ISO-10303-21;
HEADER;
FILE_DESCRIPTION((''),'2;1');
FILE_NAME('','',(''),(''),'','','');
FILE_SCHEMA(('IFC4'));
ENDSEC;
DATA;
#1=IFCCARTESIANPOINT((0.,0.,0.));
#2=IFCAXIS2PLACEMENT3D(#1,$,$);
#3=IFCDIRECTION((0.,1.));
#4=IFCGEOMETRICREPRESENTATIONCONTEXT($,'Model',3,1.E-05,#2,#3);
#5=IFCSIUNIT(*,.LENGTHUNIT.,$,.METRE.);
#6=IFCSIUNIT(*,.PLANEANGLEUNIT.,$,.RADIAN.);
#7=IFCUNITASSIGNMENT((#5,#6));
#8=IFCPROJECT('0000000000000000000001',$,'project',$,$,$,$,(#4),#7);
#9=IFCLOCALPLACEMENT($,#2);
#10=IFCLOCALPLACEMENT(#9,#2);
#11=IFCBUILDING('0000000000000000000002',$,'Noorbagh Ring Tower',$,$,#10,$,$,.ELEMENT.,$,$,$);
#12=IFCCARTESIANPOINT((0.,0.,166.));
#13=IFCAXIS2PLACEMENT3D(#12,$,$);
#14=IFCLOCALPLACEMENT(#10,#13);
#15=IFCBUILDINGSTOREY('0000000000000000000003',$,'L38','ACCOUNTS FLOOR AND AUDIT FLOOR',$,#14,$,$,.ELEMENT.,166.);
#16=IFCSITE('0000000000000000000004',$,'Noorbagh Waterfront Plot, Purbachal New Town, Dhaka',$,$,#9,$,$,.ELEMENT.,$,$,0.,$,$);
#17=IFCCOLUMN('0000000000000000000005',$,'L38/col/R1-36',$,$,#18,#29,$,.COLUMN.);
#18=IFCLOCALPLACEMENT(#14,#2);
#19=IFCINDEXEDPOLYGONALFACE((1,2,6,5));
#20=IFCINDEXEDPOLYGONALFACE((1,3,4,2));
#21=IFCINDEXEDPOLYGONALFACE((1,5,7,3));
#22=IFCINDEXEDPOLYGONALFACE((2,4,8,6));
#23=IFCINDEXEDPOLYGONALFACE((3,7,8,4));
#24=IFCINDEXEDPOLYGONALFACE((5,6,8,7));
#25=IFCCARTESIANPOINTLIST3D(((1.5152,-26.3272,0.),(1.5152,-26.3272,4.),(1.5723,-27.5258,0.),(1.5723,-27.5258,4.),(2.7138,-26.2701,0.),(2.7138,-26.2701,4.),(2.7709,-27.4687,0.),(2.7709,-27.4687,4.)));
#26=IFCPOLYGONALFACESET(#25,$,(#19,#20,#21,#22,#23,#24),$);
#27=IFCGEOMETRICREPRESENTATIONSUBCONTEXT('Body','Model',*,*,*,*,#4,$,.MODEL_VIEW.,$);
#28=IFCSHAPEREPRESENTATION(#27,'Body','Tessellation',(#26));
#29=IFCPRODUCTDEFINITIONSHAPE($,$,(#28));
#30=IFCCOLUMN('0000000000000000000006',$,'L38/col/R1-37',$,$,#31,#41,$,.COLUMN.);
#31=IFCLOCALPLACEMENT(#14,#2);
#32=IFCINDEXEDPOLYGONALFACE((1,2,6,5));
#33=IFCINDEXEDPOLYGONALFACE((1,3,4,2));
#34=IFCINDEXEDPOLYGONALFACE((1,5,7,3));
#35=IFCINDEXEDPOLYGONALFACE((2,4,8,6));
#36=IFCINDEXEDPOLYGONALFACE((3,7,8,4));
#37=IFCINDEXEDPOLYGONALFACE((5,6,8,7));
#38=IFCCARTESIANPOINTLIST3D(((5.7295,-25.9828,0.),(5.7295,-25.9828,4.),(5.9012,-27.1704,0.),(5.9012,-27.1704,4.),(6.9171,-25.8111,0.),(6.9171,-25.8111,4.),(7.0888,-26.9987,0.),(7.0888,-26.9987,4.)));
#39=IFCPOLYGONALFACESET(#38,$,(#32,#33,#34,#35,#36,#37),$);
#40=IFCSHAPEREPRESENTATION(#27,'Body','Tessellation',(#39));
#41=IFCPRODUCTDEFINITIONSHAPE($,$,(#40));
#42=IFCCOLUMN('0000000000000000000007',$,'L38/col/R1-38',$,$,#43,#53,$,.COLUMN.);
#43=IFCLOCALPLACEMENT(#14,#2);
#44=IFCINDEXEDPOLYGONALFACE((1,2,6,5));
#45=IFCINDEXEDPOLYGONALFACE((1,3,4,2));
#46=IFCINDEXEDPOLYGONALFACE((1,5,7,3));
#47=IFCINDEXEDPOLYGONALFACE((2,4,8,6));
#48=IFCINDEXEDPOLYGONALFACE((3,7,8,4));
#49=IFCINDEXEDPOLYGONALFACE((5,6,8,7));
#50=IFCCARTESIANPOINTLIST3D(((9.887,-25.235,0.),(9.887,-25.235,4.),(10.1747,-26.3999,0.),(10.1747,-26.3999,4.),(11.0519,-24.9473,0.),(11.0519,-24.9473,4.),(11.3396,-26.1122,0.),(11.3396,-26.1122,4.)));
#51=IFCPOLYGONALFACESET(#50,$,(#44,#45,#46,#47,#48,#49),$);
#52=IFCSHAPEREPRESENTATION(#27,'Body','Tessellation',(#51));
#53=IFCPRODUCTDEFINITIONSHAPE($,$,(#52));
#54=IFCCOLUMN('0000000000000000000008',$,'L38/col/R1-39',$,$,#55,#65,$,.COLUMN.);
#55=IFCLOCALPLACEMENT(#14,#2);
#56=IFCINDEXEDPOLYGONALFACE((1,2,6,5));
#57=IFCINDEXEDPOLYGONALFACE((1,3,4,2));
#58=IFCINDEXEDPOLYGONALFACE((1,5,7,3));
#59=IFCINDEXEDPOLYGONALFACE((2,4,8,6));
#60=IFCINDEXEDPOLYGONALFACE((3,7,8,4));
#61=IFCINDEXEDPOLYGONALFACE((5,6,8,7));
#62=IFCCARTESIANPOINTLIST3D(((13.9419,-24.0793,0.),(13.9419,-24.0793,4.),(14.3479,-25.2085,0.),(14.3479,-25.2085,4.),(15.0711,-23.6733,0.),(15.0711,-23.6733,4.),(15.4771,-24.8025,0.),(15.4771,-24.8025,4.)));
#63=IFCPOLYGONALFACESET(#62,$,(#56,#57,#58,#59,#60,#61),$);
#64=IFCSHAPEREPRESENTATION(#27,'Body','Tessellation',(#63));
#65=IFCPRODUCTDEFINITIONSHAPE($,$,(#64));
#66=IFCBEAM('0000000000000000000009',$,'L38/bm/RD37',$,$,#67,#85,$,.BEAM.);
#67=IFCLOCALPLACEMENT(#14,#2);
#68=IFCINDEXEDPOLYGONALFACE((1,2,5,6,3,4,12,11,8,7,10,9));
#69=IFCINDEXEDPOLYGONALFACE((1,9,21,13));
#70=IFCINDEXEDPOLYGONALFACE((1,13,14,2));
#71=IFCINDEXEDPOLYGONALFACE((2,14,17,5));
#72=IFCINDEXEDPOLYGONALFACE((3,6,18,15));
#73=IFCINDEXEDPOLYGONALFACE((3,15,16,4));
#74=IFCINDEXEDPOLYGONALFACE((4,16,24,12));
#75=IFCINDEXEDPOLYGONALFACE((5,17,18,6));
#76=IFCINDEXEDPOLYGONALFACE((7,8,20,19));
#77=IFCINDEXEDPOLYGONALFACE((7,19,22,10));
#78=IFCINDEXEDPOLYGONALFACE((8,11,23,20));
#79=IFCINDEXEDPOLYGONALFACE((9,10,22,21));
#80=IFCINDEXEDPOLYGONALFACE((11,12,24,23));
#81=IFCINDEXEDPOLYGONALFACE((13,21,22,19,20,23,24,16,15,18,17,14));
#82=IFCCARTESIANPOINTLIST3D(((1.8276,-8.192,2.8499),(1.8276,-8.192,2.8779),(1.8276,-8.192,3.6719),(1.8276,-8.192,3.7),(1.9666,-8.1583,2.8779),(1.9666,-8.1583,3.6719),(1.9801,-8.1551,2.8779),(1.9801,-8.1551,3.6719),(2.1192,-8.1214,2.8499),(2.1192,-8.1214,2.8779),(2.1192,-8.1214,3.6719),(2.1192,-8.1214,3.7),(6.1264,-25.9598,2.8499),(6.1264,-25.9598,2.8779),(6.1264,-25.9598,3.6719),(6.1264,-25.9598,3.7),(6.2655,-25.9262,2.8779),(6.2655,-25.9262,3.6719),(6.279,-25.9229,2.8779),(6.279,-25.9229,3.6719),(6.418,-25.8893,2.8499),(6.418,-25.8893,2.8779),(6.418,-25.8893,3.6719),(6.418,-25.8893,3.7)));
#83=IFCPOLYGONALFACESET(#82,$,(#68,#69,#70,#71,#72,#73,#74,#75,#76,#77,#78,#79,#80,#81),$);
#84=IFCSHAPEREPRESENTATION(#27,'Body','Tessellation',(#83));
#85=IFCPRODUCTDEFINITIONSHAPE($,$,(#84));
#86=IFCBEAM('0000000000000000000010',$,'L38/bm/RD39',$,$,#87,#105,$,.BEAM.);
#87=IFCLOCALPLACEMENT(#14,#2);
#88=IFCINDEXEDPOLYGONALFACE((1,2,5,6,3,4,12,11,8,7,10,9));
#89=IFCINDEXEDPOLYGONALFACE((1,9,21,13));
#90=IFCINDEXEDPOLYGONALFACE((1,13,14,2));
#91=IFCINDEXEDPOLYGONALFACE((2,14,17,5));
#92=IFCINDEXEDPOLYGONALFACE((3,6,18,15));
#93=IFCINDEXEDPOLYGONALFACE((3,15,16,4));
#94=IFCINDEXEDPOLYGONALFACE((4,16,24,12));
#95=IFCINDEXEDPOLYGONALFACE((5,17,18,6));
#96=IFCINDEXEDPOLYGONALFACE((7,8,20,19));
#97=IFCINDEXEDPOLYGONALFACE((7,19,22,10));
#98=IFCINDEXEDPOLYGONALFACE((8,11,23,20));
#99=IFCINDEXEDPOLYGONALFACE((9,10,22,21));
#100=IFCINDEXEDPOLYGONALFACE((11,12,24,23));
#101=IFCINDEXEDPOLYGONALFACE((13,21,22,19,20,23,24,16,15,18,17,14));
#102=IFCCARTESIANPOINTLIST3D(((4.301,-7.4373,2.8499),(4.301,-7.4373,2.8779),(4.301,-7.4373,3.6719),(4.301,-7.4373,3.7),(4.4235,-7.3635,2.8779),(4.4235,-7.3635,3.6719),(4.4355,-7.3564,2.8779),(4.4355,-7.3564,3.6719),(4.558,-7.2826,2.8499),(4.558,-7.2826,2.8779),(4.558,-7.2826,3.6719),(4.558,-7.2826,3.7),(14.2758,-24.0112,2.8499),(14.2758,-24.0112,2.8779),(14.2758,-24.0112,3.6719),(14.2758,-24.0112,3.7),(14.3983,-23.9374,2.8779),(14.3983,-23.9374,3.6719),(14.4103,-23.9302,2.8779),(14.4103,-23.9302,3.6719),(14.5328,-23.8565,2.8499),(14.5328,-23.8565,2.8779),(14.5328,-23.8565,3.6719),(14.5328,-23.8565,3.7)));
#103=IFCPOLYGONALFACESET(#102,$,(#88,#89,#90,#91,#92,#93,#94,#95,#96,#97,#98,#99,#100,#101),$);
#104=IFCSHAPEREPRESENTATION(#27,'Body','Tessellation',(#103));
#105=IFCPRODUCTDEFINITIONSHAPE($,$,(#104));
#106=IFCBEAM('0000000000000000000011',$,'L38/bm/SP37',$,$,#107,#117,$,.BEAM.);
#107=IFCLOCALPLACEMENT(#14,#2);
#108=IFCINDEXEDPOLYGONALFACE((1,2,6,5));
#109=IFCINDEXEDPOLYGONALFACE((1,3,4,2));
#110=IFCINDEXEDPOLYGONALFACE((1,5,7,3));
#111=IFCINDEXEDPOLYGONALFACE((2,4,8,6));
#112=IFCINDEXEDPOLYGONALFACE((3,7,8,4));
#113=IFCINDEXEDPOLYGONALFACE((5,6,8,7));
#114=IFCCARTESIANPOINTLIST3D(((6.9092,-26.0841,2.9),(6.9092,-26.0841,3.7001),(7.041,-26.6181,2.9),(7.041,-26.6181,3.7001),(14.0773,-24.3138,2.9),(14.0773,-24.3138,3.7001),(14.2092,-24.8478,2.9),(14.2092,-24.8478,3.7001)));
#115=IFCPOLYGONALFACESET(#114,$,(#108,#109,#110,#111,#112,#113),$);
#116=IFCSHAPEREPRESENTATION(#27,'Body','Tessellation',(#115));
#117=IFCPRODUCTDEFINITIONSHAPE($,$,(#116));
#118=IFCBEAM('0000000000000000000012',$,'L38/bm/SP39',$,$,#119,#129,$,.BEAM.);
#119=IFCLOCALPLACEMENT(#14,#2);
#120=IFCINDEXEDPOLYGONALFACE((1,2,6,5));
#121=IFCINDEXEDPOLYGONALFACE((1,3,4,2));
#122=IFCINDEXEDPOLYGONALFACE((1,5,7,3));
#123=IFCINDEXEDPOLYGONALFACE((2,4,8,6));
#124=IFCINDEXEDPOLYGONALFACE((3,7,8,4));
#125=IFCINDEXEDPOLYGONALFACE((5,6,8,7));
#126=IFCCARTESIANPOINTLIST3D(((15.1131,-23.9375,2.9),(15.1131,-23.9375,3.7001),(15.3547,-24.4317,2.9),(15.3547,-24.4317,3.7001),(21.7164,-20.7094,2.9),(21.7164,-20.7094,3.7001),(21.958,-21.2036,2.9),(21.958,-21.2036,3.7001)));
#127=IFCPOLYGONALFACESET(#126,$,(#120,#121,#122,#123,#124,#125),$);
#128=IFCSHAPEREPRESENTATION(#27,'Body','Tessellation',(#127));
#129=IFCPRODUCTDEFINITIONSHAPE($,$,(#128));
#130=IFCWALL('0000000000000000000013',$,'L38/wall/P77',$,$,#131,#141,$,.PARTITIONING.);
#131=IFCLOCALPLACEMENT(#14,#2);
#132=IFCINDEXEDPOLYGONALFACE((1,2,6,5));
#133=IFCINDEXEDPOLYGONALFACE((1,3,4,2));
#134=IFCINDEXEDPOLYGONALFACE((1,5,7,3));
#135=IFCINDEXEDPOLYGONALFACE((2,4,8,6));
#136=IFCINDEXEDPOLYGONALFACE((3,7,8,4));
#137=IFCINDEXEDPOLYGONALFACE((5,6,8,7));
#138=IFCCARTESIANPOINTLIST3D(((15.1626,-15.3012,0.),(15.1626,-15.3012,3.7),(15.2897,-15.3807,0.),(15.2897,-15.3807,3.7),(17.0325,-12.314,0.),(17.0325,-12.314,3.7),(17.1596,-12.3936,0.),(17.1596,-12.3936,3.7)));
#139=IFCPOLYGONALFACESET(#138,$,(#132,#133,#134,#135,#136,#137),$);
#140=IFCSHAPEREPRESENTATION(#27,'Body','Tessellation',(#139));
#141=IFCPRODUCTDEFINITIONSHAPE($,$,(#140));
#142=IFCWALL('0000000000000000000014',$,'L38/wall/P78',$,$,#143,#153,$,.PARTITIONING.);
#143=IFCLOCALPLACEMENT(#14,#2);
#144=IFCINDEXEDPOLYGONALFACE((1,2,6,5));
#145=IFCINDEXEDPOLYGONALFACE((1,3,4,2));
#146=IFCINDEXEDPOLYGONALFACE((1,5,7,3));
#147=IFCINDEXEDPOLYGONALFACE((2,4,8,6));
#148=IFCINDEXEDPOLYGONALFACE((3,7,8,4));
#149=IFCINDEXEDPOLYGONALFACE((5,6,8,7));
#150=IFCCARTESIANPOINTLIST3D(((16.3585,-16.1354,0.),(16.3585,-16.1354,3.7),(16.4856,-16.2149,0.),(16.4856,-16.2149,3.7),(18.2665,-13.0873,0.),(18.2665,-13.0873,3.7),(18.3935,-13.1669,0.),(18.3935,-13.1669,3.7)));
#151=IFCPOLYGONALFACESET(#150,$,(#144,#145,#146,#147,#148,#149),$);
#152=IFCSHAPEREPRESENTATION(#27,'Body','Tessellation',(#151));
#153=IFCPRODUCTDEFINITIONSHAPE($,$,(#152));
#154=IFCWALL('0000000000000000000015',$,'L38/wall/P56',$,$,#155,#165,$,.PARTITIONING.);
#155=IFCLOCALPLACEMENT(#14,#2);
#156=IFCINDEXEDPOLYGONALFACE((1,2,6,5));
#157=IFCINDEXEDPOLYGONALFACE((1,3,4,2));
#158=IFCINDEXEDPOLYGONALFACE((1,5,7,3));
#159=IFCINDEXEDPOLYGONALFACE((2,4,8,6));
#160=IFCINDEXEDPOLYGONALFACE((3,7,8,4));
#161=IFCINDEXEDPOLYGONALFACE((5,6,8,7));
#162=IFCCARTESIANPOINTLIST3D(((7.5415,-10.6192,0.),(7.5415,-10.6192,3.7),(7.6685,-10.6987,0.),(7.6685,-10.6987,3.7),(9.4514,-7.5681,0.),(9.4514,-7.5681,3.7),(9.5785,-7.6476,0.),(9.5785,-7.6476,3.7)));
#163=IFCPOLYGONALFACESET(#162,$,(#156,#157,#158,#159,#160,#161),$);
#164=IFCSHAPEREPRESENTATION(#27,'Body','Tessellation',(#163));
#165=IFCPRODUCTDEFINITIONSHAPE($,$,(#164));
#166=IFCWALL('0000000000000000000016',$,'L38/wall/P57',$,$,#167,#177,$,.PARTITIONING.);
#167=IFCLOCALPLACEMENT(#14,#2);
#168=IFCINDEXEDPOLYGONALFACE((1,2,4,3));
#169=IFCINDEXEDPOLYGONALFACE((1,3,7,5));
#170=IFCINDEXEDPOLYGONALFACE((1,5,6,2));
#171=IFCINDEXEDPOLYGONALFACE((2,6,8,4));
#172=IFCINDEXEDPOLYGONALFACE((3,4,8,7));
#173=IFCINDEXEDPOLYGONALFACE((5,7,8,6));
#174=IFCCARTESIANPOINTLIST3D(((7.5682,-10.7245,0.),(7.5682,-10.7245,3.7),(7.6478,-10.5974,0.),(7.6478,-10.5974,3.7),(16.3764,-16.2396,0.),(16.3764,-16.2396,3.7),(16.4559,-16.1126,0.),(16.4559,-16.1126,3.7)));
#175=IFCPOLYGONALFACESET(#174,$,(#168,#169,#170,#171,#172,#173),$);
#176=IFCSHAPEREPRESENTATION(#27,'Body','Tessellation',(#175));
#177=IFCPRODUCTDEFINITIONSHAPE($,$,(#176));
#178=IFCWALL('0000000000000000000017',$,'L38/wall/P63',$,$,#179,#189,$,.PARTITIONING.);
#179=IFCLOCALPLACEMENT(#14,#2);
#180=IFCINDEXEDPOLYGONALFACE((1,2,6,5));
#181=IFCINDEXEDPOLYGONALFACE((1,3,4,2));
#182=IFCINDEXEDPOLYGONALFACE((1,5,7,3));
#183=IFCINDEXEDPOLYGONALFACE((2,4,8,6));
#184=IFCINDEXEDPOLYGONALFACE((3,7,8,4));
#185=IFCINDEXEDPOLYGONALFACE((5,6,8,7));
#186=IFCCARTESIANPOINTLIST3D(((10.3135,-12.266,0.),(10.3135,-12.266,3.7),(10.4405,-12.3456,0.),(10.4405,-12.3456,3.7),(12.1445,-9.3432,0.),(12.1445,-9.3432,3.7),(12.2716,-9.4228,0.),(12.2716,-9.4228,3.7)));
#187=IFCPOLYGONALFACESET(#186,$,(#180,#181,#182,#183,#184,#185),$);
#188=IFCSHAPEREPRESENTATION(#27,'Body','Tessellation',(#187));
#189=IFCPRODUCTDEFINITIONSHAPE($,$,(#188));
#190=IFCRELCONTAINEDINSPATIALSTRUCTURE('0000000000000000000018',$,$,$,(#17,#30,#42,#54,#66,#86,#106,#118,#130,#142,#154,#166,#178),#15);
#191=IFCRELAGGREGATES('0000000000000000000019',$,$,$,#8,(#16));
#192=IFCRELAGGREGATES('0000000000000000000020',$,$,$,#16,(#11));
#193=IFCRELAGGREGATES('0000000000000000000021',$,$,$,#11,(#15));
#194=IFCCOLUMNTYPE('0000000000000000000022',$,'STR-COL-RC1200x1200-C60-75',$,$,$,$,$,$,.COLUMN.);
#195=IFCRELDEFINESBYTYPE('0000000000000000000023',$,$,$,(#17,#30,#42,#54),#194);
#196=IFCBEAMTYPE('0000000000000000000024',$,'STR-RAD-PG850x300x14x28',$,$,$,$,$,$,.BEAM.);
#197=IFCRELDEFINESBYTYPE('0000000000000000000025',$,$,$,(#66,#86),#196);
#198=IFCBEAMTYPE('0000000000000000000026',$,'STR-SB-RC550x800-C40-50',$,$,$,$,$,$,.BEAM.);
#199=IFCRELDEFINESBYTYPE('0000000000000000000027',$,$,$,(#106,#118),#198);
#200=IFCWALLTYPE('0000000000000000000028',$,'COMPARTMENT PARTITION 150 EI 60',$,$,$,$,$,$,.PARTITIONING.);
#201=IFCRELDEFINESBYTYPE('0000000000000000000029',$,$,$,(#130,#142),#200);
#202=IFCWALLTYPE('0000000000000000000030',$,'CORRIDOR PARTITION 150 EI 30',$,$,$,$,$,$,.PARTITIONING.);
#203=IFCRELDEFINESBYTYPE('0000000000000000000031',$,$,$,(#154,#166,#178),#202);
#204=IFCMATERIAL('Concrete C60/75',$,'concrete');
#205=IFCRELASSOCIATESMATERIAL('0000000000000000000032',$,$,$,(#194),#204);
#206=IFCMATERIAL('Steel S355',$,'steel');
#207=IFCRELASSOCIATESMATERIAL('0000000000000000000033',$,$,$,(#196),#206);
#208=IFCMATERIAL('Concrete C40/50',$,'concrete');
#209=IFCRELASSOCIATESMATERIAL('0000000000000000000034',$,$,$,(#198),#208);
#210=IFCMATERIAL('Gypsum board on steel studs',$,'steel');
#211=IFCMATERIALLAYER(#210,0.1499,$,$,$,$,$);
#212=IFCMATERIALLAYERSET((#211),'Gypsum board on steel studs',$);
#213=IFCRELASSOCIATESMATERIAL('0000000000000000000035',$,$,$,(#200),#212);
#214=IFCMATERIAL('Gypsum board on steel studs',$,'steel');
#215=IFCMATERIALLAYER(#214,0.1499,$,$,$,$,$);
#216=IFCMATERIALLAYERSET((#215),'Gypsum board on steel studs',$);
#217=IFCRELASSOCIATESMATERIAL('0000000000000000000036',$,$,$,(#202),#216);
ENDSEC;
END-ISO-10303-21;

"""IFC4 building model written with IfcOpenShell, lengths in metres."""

from ifc_helpers import new_model, si_unit, direction, frame, frame_2d, origin, origin_2d, place, context, subcontext, project, spatial, rectangle, i_section, extrude, material, layer, layer_set, material_profile, profile_set, type_object, element, save


model = new_model("IFC4")

# Units and contexts
model_context = context("Model", 3, precision=1e-05, world=origin(), true_north=direction((0.0, 1.0)))
body_context = subcontext(model_context, "Body", "Model", "MODEL_VIEW")
ifc_project = project(units=[si_unit("LENGTHUNIT", "METRE"), si_unit("PLANEANGLEUNIT", "RADIAN")], contexts=[model_context])

# Site, building, storey
site_placement = place(None, origin())
site = spatial("IfcSite", under=ifc_project, at=site_placement, Name="Noorbagh Waterfront Plot, Purbachal New Town, Dhaka", CompositionType="ELEMENT", RefElevation=0.0)
building_placement = place(site_placement, origin())
building = spatial("IfcBuilding", under=site, at=building_placement, Name="Noorbagh Ring Tower", CompositionType="ELEMENT")
storey_placement = place(building_placement, frame((0.0, 0.0, 166.0)))
storey = spatial("IfcBuildingStorey", under=building, at=storey_placement, Name="L38", Description="ACCOUNTS FLOOR AND AUDIT FLOOR", CompositionType="ELEMENT", Elevation=166.0)

# Columns
ifc_material_1 = material(Name="Concrete C60/75", Category="concrete")
ifc_material_profile_1 = material_profile(ifc_material_1, rectangle(XDim=1.2, YDim=1.2, at=origin_2d()), Name="RC1200x1200")
ifc_profile_set_1 = profile_set([ifc_material_profile_1], Name="Concrete C60/75")
column_type = type_object("IfcColumnType", Name="STR-COL-RC1200x1200-C60-75", PredefinedType="COLUMN", material=ifc_profile_set_1)
for number, where, z_axis, x_axis, name in (
    (1, (2.1431, -26.8979, 0.0), (0.0, 0.0, 1.0), (0.998869, 0.047553, 0.0), "L38/col/R1-36"),
    (2, (6.4092, -26.4907, 0.0), (0.0, 0.0, 1.0), (0.989713, 0.143066, 0.0), "L38/col/R1-37"),
    (3, (10.6133, -25.6736, 0.0), (0.0, 0.0, 1.0), (0.970829, 0.239771, 0.0), "L38/col/R1-38"),
    (4, (14.7095, -24.4409, 0.0), (0.0, 0.0, 1.0), (0.941025, 0.338338, 0.0), "L38/col/R1-39"),
):
    element("IfcColumn", number, at=place(storey_placement, frame(where, z_axis=z_axis, x_axis=x_axis)), inside=storey, type_object=column_type, Name=name, PredefinedType="COLUMN", context=body_context, shape_type="SweptSolid", body=[
        extrude(rectangle(XDim=1.2, YDim=1.2, at=origin_2d()), origin(), (0.0, 0.0, 1.0), 4.0),
    ])

# Beams
ifc_material_2 = material(Name="Steel S355", Category="steel")
ifc_material_profile_2 = material_profile(ifc_material_2, i_section(OverallWidth=0.3, OverallDepth=0.8501, WebThickness=0.0139, FlangeThickness=0.0281, at=origin_2d()), Name="PG850x300x14x28")
ifc_profile_set_2 = profile_set([ifc_material_profile_2], Name="Steel S355")
beam_type_1 = type_object("IfcBeamType", Name="STR-RAD-PG850x300x14x28", PredefinedType="BEAM", material=ifc_profile_set_2)
beam_1_placement = place(storey_placement, frame((6.2722, -25.9246, 3.2749), z_axis=(-0.23516, 0.971957, 0.0), x_axis=(-0.971957, -0.23516, 0.0)))
element("IfcBeam", 5, at=beam_1_placement, inside=storey, type_object=beam_type_1, Name="L38/bm/RD37", PredefinedType="BEAM", context=body_context, shape_type="SweptSolid", body=[
    extrude(i_section(OverallWidth=0.3, OverallDepth=0.8501, WebThickness=0.0139, FlangeThickness=0.0281, at=origin_2d()), origin(), (0.0, 0.0, 1.0), 18.2805),
])
beam_2_placement = place(storey_placement, frame((14.4043, -23.9338, 3.2749), z_axis=(-0.515653, 0.856797, 0.0), x_axis=(-0.856797, -0.515653, 0.0)))
element("IfcBeam", 6, at=beam_2_placement, inside=storey, type_object=beam_type_1, Name="L38/bm/RD39", PredefinedType="BEAM", context=body_context, shape_type="SweptSolid", body=[
    extrude(i_section(OverallWidth=0.3, OverallDepth=0.8501, WebThickness=0.0139, FlangeThickness=0.0281, at=origin_2d()), origin(), (0.0, 0.0, 1.0), 19.344),
])
ifc_material_3 = material(Name="Concrete C40/50", Category="concrete")
ifc_material_profile_3 = material_profile(ifc_material_3, rectangle(XDim=0.55, YDim=0.8, at=origin_2d()), Name="RC550x800")
ifc_profile_set_3 = profile_set([ifc_material_profile_3], Name="Concrete C40/50")
beam_type_2 = type_object("IfcBeamType", Name="STR-SB-RC550x800-C40-50", PredefinedType="BEAM", material=ifc_profile_set_3)
beam_3_placement = place(storey_placement, frame((6.9751, -26.3511, 3.3), z_axis=(0.970833, 0.239757, 0.0), x_axis=(-0.239757, 0.970833, 0.0)))
element("IfcBeam", 7, at=beam_3_placement, inside=storey, type_object=beam_type_2, Name="L38/bm/SP37", PredefinedType="BEAM", context=body_context, shape_type="SweptSolid", body=[
    extrude(rectangle(XDim=0.55, YDim=0.8, at=origin_2d()), origin(), (0.0, 0.0, 1.0), 7.3835),
])
beam_4_placement = place(storey_placement, frame((15.2339, -24.1846, 3.3), z_axis=(0.898397, 0.439184, 0.0), x_axis=(-0.439184, 0.898397, 0.0)))
element("IfcBeam", 8, at=beam_4_placement, inside=storey, type_object=beam_type_2, Name="L38/bm/SP39", PredefinedType="BEAM", context=body_context, shape_type="SweptSolid", body=[
    extrude(rectangle(XDim=0.55, YDim=0.8, at=origin_2d()), origin(), (0.0, 0.0, 1.0), 7.3501),
])

# Walls
ifc_material_4 = material(Name="Gypsum board on steel studs", Category="steel")
ifc_layer_1 = layer(ifc_material_4, 0.1499)
ifc_layer_set_1 = layer_set([ifc_layer_1], Name="Gypsum board on steel studs")
wall_type_1 = type_object("IfcWallType", Name="COMPARTMENT PARTITION 150 EI 60", PredefinedType="PARTITIONING", material=ifc_layer_set_1)
wall_1_placement = place(storey_placement, frame((15.2261, -15.3411, 0.0), z_axis=(0.0, 0.0, 1.0), x_axis=(0.530603, 0.847621, 0.0)))
element("IfcWall", 9, at=wall_1_placement, inside=storey, type_object=wall_type_1, Name="L38/wall/P77", PredefinedType="PARTITIONING", context=body_context, shape_type="SweptSolid", body=[
    extrude(rectangle(XDim=3.5242, YDim=0.1499, at=frame_2d((1.7622, 0.0))), origin(), (0.0, 0.0, 1.0), 3.7),
])
wall_2_placement = place(storey_placement, frame((16.4221, -16.175, 0.0), z_axis=(0.0, 0.0, 1.0), x_axis=(0.530579, 0.847636, 0.0)))
element("IfcWall", 10, at=wall_2_placement, inside=storey, type_object=wall_type_1, Name="L38/wall/P78", PredefinedType="PARTITIONING", context=body_context, shape_type="SweptSolid", body=[
    extrude(rectangle(XDim=3.5959, YDim=0.1499, at=frame_2d((1.7979, 0.0))), origin(), (0.0, 0.0, 1.0), 3.7),
])
ifc_material_5 = material(Name="Gypsum board on steel studs", Category="steel")
ifc_layer_2 = layer(ifc_material_5, 0.1499)
ifc_layer_set_2 = layer_set([ifc_layer_2], Name="Gypsum board on steel studs")
wall_type_2 = type_object("IfcWallType", Name="CORRIDOR PARTITION 150 EI 30", PredefinedType="PARTITIONING", material=ifc_layer_set_2)
wall_3_placement = place(storey_placement, frame((7.605, -10.6589, 0.0), z_axis=(0.0, 0.0, 1.0), x_axis=(0.530602, 0.847621, 0.0)))
element("IfcWall", 11, at=wall_3_placement, inside=storey, type_object=wall_type_2, Name="L38/wall/P56", PredefinedType="PARTITIONING", context=body_context, shape_type="SweptSolid", body=[
    extrude(rectangle(XDim=3.5996, YDim=0.1499, at=frame_2d((1.7998, 0.0))), origin(), (0.0, 0.0, 1.0), 3.7),
])
wall_4_placement = place(storey_placement, frame((7.6079, -10.6609, 0.0), z_axis=(0.0, 0.0, 1.0), x_axis=(0.847562, -0.530696, 0.0)))
element("IfcWall", 12, at=wall_4_placement, inside=storey, type_object=wall_type_2, Name="L38/wall/P57", PredefinedType="PARTITIONING", context=body_context, shape_type="SweptSolid", body=[
    extrude(rectangle(XDim=10.3923, YDim=0.1499, at=frame_2d((5.1963, 0.0))), origin(), (0.0, 0.0, 1.0), 3.7),
])
wall_5_placement = place(storey_placement, frame((10.377, -12.3059, 0.0), z_axis=(0.0, 0.0, 1.0), x_axis=(0.530889, 0.847441, 0.0)))
element("IfcWall", 13, at=wall_5_placement, inside=storey, type_object=wall_type_2, Name="L38/wall/P63", PredefinedType="PARTITIONING", context=body_context, shape_type="SweptSolid", body=[
    extrude(rectangle(XDim=3.449, YDim=0.1499, at=frame_2d((1.7246, 0.0))), origin(), (0.0, 0.0, 1.0), 3.7),
])

save(model, "model.ifc")
